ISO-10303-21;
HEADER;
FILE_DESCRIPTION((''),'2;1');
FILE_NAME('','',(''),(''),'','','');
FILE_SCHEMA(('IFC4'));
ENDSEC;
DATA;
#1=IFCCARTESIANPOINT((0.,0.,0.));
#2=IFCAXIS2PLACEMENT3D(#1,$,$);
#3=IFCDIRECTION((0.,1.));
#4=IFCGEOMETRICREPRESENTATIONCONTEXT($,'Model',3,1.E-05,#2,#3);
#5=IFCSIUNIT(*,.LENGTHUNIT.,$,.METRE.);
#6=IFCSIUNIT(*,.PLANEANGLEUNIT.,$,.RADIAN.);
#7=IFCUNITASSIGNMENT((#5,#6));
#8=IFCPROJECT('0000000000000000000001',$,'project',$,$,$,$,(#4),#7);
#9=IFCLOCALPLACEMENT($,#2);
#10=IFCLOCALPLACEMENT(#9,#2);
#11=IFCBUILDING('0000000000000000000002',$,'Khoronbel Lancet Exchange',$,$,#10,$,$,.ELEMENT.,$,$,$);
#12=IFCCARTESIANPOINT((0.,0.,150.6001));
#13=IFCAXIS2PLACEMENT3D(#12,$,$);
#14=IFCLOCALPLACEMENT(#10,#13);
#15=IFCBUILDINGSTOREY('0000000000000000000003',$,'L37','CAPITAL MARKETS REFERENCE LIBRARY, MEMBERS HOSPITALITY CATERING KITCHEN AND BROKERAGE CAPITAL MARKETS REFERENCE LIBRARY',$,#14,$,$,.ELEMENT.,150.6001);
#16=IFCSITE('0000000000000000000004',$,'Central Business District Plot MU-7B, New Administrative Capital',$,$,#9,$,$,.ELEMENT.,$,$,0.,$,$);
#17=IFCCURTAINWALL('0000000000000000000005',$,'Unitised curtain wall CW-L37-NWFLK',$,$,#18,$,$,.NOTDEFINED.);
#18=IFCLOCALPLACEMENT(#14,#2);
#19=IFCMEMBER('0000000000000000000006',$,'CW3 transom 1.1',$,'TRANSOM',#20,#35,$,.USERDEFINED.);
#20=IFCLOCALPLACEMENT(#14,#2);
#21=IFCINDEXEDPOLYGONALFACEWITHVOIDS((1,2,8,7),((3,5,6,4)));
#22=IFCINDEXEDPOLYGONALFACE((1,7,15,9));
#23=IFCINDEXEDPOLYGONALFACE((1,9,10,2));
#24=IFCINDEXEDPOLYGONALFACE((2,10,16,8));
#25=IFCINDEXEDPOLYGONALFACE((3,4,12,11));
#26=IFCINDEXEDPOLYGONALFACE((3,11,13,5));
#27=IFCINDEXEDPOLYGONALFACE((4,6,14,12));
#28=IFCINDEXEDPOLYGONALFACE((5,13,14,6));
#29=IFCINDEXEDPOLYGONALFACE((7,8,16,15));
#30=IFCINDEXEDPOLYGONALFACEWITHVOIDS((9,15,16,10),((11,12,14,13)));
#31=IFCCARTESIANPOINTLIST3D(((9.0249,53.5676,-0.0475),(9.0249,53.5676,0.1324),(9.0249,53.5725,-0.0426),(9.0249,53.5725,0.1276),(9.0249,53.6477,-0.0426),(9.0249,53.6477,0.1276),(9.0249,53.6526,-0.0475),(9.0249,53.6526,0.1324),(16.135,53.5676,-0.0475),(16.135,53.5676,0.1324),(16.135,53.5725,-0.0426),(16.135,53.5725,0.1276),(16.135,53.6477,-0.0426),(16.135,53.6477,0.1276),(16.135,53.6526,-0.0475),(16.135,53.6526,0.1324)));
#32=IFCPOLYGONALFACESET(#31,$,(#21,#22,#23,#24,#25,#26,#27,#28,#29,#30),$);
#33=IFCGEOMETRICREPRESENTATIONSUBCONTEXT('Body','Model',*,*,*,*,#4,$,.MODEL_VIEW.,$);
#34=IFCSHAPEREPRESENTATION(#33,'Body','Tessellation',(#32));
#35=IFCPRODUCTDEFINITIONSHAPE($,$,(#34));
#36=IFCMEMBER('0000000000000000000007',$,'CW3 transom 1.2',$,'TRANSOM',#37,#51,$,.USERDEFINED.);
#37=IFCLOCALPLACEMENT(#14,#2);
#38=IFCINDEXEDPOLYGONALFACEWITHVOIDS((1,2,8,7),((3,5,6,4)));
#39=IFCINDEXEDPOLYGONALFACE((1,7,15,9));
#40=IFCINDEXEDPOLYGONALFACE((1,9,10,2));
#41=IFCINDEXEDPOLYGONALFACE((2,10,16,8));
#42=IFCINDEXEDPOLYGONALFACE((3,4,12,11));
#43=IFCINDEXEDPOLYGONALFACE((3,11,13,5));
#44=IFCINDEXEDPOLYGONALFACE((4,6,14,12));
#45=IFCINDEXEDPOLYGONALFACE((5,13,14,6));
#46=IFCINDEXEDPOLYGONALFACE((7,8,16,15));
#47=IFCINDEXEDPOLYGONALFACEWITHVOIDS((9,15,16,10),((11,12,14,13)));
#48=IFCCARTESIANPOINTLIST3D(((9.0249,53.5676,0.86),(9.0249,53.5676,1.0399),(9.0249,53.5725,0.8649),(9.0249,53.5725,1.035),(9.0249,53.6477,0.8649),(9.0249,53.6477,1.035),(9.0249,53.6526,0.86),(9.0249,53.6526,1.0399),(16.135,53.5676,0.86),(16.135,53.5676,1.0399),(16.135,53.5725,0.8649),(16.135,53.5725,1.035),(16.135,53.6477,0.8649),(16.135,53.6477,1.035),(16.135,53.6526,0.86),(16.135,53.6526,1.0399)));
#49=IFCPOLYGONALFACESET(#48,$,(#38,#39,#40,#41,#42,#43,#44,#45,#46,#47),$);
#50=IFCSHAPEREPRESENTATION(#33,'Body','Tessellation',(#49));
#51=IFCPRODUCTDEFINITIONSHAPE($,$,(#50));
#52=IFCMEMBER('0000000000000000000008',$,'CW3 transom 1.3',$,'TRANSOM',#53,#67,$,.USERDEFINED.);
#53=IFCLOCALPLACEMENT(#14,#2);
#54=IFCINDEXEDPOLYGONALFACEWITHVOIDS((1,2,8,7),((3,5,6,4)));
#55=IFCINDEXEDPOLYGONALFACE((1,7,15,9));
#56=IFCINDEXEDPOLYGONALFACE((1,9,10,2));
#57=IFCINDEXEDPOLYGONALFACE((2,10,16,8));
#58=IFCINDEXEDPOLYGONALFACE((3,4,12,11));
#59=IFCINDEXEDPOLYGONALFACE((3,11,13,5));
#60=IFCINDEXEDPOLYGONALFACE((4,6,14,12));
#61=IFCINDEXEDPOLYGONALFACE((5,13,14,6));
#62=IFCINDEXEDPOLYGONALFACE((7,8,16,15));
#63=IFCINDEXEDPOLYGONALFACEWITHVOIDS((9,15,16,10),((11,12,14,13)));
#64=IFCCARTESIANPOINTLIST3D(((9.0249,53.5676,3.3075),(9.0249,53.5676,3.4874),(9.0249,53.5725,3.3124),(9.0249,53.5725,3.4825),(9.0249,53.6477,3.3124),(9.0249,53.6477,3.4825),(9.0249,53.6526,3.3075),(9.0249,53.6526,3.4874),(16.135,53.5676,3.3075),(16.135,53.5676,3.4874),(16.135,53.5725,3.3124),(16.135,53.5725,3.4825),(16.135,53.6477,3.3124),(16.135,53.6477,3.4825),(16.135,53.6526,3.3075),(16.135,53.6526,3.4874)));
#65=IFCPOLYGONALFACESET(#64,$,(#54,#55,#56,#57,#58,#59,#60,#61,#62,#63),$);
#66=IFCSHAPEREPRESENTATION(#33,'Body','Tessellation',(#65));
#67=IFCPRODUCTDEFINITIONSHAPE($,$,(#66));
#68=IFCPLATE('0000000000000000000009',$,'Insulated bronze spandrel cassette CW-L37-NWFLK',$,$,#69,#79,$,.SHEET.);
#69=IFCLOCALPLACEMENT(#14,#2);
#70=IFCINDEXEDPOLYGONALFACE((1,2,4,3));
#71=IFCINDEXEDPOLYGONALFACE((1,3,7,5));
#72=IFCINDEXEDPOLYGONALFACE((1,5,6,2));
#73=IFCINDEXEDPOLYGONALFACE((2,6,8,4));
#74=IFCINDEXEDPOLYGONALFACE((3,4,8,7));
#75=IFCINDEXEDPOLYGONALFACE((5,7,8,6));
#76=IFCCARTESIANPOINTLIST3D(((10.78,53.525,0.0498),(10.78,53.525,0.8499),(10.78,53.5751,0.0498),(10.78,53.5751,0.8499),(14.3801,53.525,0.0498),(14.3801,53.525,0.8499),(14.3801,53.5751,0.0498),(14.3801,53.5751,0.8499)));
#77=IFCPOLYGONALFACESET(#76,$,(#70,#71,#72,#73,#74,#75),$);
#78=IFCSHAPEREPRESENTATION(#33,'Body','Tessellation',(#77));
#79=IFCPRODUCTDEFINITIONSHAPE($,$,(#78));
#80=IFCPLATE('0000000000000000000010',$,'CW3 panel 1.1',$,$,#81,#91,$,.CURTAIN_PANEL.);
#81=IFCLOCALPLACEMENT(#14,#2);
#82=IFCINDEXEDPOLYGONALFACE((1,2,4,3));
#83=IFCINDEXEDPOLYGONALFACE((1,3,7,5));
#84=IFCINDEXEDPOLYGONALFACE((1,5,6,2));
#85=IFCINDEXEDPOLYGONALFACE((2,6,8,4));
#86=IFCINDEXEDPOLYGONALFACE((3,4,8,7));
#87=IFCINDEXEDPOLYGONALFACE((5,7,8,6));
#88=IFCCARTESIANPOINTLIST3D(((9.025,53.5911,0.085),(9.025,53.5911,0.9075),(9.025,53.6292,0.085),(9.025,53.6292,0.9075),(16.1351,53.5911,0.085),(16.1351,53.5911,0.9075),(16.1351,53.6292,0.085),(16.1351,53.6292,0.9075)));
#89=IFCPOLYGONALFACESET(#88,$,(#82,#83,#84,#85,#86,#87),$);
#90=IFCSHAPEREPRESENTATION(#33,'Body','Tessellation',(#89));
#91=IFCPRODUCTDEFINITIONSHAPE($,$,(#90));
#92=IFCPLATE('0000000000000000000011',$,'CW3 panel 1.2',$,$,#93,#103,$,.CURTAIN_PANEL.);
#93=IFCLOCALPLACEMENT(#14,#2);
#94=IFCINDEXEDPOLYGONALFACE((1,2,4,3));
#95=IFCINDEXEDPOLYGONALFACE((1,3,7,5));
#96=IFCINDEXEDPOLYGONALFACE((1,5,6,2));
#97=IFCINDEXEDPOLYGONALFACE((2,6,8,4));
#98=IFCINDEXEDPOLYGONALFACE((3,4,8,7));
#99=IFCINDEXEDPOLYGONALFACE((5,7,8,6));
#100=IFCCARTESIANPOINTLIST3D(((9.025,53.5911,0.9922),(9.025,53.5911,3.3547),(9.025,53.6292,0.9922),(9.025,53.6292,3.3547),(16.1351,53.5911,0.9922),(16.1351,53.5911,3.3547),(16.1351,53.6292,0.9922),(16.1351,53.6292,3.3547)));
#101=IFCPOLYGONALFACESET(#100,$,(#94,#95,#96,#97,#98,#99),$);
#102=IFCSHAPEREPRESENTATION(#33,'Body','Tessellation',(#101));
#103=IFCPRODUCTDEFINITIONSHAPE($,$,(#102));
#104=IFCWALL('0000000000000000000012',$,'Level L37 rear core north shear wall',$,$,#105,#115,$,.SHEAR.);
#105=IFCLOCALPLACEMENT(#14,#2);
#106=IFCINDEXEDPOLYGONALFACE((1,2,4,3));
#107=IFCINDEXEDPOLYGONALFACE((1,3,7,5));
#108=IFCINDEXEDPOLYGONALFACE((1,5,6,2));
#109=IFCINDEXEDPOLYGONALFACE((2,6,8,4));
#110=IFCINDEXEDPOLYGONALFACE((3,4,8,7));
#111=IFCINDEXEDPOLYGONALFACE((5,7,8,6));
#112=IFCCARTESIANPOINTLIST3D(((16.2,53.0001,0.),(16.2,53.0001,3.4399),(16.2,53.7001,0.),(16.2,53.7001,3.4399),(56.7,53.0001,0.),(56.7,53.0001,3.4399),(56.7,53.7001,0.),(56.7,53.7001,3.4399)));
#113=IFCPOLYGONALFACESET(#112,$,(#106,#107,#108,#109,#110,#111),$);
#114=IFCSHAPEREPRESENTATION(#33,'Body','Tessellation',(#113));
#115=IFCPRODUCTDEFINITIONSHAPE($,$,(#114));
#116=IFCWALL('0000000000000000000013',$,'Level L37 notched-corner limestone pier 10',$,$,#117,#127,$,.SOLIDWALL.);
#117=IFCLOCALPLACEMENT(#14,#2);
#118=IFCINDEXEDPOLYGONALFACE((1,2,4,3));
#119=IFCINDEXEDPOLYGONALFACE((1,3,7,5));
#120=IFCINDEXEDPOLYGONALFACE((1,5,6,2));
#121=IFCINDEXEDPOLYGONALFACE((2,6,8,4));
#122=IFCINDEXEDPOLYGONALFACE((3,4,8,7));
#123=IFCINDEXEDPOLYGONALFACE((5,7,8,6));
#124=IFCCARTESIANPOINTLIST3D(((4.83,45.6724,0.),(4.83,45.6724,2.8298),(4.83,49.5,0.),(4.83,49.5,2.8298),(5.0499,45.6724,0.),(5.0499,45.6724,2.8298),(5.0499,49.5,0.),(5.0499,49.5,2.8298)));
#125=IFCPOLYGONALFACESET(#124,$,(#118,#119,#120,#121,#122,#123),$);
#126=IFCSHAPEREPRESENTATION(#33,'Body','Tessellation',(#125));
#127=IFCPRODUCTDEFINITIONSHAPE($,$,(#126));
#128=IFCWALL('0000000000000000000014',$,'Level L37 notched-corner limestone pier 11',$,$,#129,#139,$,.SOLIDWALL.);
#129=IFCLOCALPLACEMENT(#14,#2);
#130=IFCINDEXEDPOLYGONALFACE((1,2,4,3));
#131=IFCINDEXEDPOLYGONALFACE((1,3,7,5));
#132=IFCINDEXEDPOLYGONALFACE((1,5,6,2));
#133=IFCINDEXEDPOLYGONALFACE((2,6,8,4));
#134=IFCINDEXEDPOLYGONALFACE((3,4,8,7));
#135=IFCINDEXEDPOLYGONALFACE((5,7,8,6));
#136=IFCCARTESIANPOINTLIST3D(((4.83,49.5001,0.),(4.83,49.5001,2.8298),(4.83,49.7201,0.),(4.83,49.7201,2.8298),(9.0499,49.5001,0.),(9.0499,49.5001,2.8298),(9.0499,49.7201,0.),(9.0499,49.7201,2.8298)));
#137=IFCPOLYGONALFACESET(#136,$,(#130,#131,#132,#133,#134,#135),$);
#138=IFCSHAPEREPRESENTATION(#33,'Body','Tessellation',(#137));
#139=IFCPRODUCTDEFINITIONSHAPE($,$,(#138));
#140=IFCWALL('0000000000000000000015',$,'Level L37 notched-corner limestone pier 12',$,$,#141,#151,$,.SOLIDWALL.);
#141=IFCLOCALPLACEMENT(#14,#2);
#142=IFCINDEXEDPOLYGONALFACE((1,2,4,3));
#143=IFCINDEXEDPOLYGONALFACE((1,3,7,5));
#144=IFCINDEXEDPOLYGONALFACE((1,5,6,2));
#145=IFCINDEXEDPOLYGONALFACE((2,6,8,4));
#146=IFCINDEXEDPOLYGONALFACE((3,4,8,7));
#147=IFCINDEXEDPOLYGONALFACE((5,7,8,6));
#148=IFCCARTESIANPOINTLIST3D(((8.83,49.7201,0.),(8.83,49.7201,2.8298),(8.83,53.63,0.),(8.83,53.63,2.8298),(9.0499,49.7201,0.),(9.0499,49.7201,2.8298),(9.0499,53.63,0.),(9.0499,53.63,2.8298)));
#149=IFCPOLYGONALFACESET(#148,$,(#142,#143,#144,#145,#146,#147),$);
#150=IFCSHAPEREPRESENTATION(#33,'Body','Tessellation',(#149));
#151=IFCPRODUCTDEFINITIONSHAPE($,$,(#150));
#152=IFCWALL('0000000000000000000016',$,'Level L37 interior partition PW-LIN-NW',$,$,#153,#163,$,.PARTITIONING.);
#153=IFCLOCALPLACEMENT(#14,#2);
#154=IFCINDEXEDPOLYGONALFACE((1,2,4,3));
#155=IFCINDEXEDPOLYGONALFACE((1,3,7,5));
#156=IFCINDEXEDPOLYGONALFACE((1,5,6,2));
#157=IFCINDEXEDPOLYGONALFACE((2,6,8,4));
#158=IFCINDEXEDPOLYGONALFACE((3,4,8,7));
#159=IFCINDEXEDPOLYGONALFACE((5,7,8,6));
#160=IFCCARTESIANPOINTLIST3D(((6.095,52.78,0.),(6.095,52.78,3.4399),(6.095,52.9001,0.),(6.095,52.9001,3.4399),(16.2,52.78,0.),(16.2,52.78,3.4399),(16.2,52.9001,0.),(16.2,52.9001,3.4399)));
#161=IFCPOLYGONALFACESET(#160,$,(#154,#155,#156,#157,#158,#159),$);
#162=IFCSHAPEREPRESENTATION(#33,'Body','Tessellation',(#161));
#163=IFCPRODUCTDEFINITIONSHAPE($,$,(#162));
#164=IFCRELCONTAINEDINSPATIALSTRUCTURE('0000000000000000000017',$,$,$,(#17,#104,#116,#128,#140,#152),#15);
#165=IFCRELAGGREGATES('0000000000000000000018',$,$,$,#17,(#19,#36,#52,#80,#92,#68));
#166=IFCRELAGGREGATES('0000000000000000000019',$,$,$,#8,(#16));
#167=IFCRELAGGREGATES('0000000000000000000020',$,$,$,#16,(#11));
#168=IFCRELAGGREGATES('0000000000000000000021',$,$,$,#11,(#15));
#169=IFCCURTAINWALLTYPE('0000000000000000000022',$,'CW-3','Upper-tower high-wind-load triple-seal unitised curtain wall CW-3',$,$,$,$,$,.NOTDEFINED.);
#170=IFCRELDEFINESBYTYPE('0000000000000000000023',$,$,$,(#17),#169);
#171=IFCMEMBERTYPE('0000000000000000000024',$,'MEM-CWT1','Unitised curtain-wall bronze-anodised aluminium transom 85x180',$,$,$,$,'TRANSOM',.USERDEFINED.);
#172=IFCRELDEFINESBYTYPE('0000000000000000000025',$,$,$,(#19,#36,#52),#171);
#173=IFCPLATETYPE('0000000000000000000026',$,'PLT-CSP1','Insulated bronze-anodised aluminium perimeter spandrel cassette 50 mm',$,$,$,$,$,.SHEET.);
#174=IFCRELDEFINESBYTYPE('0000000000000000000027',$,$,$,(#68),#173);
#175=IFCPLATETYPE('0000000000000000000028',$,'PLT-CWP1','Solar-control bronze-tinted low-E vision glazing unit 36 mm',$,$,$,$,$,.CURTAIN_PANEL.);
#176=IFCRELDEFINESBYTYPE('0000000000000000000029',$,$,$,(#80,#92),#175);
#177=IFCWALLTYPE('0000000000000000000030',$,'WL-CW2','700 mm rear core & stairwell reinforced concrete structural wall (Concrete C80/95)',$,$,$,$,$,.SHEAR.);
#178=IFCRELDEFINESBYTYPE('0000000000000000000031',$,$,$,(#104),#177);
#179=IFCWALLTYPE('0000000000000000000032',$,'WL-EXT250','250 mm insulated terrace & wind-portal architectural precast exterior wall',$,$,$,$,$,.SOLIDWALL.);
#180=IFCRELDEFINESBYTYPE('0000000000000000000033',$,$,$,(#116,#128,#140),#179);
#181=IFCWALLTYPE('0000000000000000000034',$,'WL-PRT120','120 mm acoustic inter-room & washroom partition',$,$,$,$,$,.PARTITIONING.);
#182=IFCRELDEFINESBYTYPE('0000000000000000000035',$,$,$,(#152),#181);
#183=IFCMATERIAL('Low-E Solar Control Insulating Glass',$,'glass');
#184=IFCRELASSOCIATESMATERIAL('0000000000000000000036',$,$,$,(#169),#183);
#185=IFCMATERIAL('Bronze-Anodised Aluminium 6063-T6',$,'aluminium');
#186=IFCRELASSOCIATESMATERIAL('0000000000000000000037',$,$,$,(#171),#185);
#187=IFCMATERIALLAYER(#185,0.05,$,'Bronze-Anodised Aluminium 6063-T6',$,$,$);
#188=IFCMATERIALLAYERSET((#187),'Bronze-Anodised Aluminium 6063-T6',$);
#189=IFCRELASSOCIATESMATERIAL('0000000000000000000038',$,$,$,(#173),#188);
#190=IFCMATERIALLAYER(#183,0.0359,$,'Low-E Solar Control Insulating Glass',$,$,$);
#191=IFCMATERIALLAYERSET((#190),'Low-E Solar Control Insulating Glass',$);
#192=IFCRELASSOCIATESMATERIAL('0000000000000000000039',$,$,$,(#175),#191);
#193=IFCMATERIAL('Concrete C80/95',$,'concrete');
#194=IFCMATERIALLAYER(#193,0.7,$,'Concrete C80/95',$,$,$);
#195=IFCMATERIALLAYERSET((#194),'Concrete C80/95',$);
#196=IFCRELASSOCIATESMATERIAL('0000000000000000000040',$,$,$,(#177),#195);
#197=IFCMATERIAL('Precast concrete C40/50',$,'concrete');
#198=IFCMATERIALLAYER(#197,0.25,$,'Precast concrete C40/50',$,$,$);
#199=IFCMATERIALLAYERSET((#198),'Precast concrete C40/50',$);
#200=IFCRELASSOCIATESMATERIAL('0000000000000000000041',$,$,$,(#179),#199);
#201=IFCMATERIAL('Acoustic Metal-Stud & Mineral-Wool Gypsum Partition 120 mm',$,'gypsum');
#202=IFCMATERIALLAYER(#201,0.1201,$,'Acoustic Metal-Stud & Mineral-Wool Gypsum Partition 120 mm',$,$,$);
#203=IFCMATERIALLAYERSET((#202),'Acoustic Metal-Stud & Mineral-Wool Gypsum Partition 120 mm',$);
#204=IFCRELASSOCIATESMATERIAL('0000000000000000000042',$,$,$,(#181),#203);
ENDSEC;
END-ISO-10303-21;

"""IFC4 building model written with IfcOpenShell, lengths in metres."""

from ifc_helpers import new_model, si_unit, direction, frame, frame_2d, origin, origin_2d, place, context, subcontext, project, spatial, rectangle, hollow_rectangle, extrude, material, layer, layer_set, material_profile, profile_set, type_object, element, aggregate, save


model = new_model("IFC4")

# Units and contexts
model_context = context("Model", 3, precision=1e-05, world=origin(), true_north=direction((0.0, 1.0)))
body_context = subcontext(model_context, "Body", "Model", "MODEL_VIEW")
ifc_project = project(units=[si_unit("LENGTHUNIT", "METRE"), si_unit("PLANEANGLEUNIT", "RADIAN")], contexts=[model_context])

# Site, building, storey
site_placement = place(None, origin())
site = spatial("IfcSite", under=ifc_project, at=site_placement, Name="Central Business District Plot MU-7B, New Administrative Capital", CompositionType="ELEMENT", RefElevation=0.0)
building_placement = place(site_placement, origin())
building = spatial("IfcBuilding", under=site, at=building_placement, Name="Khoronbel Lancet Exchange", CompositionType="ELEMENT")
storey_placement = place(building_placement, frame((0.0, 0.0, 150.6001)))
storey = spatial("IfcBuildingStorey", under=building, at=storey_placement, Name="L37", Description="CAPITAL MARKETS REFERENCE LIBRARY, MEMBERS HOSPITALITY CATERING KITCHEN AND BROKERAGE CAPITAL MARKETS REFERENCE LIBRARY", CompositionType="ELEMENT", Elevation=150.6001)

# Curtain wall
ifc_material_1 = material(Name="Low-E Solar Control Insulating Glass", Category="glass")
curtain_wall_type_1 = type_object("IfcCurtainWallType", Name="CW-3", Description="Upper-tower high-wind-load triple-seal unitised curtain wall CW-3", PredefinedType="NOTDEFINED", material=ifc_material_1)
curtain_wall_1_placement = place(storey_placement, origin())
curtain_wall_1 = element("IfcCurtainWall", 1, at=curtain_wall_1_placement, inside=storey, type_object=curtain_wall_type_1, Name="Unitised curtain wall CW-L37-NWFLK", PredefinedType="NOTDEFINED")
ifc_material_2 = material(Name="Bronze-Anodised Aluminium 6063-T6", Category="aluminium")

# Members
ifc_material_profile_1 = material_profile(ifc_material_2, hollow_rectangle(XDim=0.085, YDim=0.1799, WallThickness=0.0049, at=origin_2d()), Name="ALU TRANSOM 85x180")
ifc_profile_set_1 = profile_set([ifc_material_profile_1], Name="Bronze-Anodised Aluminium 6063-T6")
member_type_1 = type_object("IfcMemberType", Name="MEM-CWT1", Description="Unitised curtain-wall bronze-anodised aluminium transom 85x180", ElementType="TRANSOM", PredefinedType="USERDEFINED", material=ifc_profile_set_1)
member_1_placement = place(storey_placement, frame((16.135, 53.6101, 0.0425), z_axis=(-1.0, 0.0, 0.0), x_axis=(0.0, -1.0, 0.0)))
member_1 = element("IfcMember", 2, at=member_1_placement, type_object=member_type_1, Name="CW3 transom 1.1", ObjectType="TRANSOM", PredefinedType="USERDEFINED", context=body_context, shape_type="SweptSolid", body=[
    extrude(hollow_rectangle(XDim=0.085, YDim=0.1799, WallThickness=0.0049, at=origin_2d()), origin(), (0.0, 0.0, 1.0), 7.1101),
])
member_2_placement = place(storey_placement, frame((16.135, 53.6101, 0.95), z_axis=(-1.0, 0.0, 0.0), x_axis=(0.0, -1.0, 0.0)))
member_2 = element("IfcMember", 3, at=member_2_placement, type_object=member_type_1, Name="CW3 transom 1.2", ObjectType="TRANSOM", PredefinedType="USERDEFINED", context=body_context, shape_type="SweptSolid", body=[
    extrude(hollow_rectangle(XDim=0.085, YDim=0.1799, WallThickness=0.0049, at=origin_2d()), origin(), (0.0, 0.0, 1.0), 7.1101),
])
member_3_placement = place(storey_placement, frame((16.135, 53.6101, 3.3975), z_axis=(-1.0, 0.0, 0.0), x_axis=(0.0, -1.0, 0.0)))
member_3 = element("IfcMember", 4, at=member_3_placement, type_object=member_type_1, Name="CW3 transom 1.3", ObjectType="TRANSOM", PredefinedType="USERDEFINED", context=body_context, shape_type="SweptSolid", body=[
    extrude(hollow_rectangle(XDim=0.085, YDim=0.1799, WallThickness=0.0049, at=origin_2d()), origin(), (0.0, 0.0, 1.0), 7.1101),
])

# Plates
ifc_layer_1 = layer(ifc_material_2, 0.05, Name="Bronze-Anodised Aluminium 6063-T6")
ifc_layer_set_1 = layer_set([ifc_layer_1], Name="Bronze-Anodised Aluminium 6063-T6")
plate_type_1 = type_object("IfcPlateType", Name="PLT-CSP1", Description="Insulated bronze-anodised aluminium perimeter spandrel cassette 50 mm", PredefinedType="SHEET", material=ifc_layer_set_1)
plate_1_placement = place(storey_placement, frame((12.5801, 53.55, 0.0498), z_axis=(0.0, 0.0, 1.0), x_axis=(-1.0, 0.0, 0.0)))
plate_1 = element("IfcPlate", 5, at=plate_1_placement, type_object=plate_type_1, Name="Insulated bronze spandrel cassette CW-L37-NWFLK", PredefinedType="SHEET", context=body_context, shape_type="SweptSolid", body=[
    extrude(rectangle(XDim=3.6001, YDim=0.05, at=origin_2d()), origin(), (0.0, 0.0, 1.0), 0.8),
])
ifc_layer_2 = layer(ifc_material_1, 0.0359, Name="Low-E Solar Control Insulating Glass")
ifc_layer_set_2 = layer_set([ifc_layer_2], Name="Low-E Solar Control Insulating Glass")
plate_type_2 = type_object("IfcPlateType", Name="PLT-CWP1", Description="Solar-control bronze-tinted low-E vision glazing unit 36 mm", PredefinedType="CURTAIN_PANEL", material=ifc_layer_set_2)
plate_2_placement = place(storey_placement, frame((12.5801, 53.6101, 0.085), z_axis=(0.0, 0.0, 1.0), x_axis=(-1.0, 0.0, 0.0)))
plate_2 = element("IfcPlate", 6, at=plate_2_placement, type_object=plate_type_2, Name="CW3 panel 1.1", PredefinedType="CURTAIN_PANEL", context=body_context, shape_type="SweptSolid", body=[
    extrude(rectangle(XDim=7.1101, YDim=0.0381, at=origin_2d()), origin(), (0.0, 0.0, 1.0), 0.8225),
])
plate_3_placement = place(storey_placement, frame((12.5801, 53.6101, 0.9922), z_axis=(0.0, 0.0, 1.0), x_axis=(-1.0, 0.0, 0.0)))
plate_3 = element("IfcPlate", 7, at=plate_3_placement, type_object=plate_type_2, Name="CW3 panel 1.2", PredefinedType="CURTAIN_PANEL", context=body_context, shape_type="SweptSolid", body=[
    extrude(rectangle(XDim=7.1101, YDim=0.0381, at=origin_2d()), origin(), (0.0, 0.0, 1.0), 2.3625),
])
aggregate(curtain_wall_1, [member_1, member_2, member_3, plate_2, plate_3, plate_1])

# Walls
ifc_material_3 = material(Name="Concrete C80/95", Category="concrete")
ifc_layer_3 = layer(ifc_material_3, 0.7, Name="Concrete C80/95")
ifc_layer_set_3 = layer_set([ifc_layer_3], Name="Concrete C80/95")
wall_type_1 = type_object("IfcWallType", Name="WL-CW2", Description="700 mm rear core & stairwell reinforced concrete structural wall (Concrete C80/95)", PredefinedType="SHEAR", material=ifc_layer_set_3)
wall_1_placement = place(storey_placement, frame((16.2, 53.3501, 0.0), z_axis=(0.0, 0.0, 1.0), x_axis=(1.0, 0.0, 0.0)))
element("IfcWall", 8, at=wall_1_placement, inside=storey, type_object=wall_type_1, Name="Level L37 rear core north shear wall", PredefinedType="SHEAR", context=body_context, shape_type="SweptSolid", body=[
    extrude(rectangle(XDim=40.5, YDim=0.7, at=frame_2d((20.25, 0.0))), origin(), (0.0, 0.0, 1.0), 3.4399),
])
ifc_material_4 = material(Name="Precast concrete C40/50", Category="concrete")
ifc_layer_4 = layer(ifc_material_4, 0.25, Name="Precast concrete C40/50")
ifc_layer_set_4 = layer_set([ifc_layer_4], Name="Precast concrete C40/50")
wall_type_2 = type_object("IfcWallType", Name="WL-EXT250", Description="250 mm insulated terrace & wind-portal architectural precast exterior wall", PredefinedType="SOLIDWALL", material=ifc_layer_set_4)
wall_2_placement = place(storey_placement, frame((4.9399, 45.6724, 0.0), z_axis=(0.0, 0.0, 1.0), x_axis=(0.0, 1.0, 0.0)))
element("IfcWall", 9, at=wall_2_placement, inside=storey, type_object=wall_type_2, Name="Level L37 notched-corner limestone pier 10", PredefinedType="SOLIDWALL", context=body_context, shape_type="SweptSolid", body=[
    extrude(rectangle(XDim=3.8276, YDim=0.22, at=frame_2d((1.9138, 0.0))), origin(), (0.0, 0.0, 1.0), 2.8298),
])
wall_3_placement = place(storey_placement, frame((4.8301, 49.6101, 0.0), z_axis=(0.0, 0.0, 1.0), x_axis=(1.0, 0.0, 0.0)))
element("IfcWall", 10, at=wall_3_placement, inside=storey, type_object=wall_type_2, Name="Level L37 notched-corner limestone pier 11", PredefinedType="SOLIDWALL", context=body_context, shape_type="SweptSolid", body=[
    extrude(rectangle(XDim=4.22, YDim=0.22, at=frame_2d((2.1099, 0.0))), origin(), (0.0, 0.0, 1.0), 2.8298),
])
wall_4_placement = place(storey_placement, frame((8.9399, 49.72, 0.0), z_axis=(0.0, 0.0, 1.0), x_axis=(0.0, 1.0, 0.0)))
element("IfcWall", 11, at=wall_4_placement, inside=storey, type_object=wall_type_2, Name="Level L37 notched-corner limestone pier 12", PredefinedType="SOLIDWALL", context=body_context, shape_type="SweptSolid", body=[
    extrude(rectangle(XDim=3.9099, YDim=0.22, at=frame_2d((1.9551, 0.0))), origin(), (0.0, 0.0, 1.0), 2.8298),
])
ifc_material_5 = material(Name="Acoustic Metal-Stud & Mineral-Wool Gypsum Partition 120 mm", Category="gypsum")
ifc_layer_5 = layer(ifc_material_5, 0.1201, Name="Acoustic Metal-Stud & Mineral-Wool Gypsum Partition 120 mm")
ifc_layer_set_5 = layer_set([ifc_layer_5], Name="Acoustic Metal-Stud & Mineral-Wool Gypsum Partition 120 mm")
wall_type_3 = type_object("IfcWallType", Name="WL-PRT120", Description="120 mm acoustic inter-room & washroom partition", PredefinedType="PARTITIONING", material=ifc_layer_set_5)
wall_5_placement = place(storey_placement, frame((6.095, 52.8401, 0.0), z_axis=(0.0, 0.0, 1.0), x_axis=(1.0, 0.0, 0.0)))
element("IfcWall", 12, at=wall_5_placement, inside=storey, type_object=wall_type_3, Name="Level L37 interior partition PW-LIN-NW", PredefinedType="PARTITIONING", context=body_context, shape_type="SweptSolid", body=[
    extrude(rectangle(XDim=10.105, YDim=0.1201, at=frame_2d((5.0525, 0.0))), origin(), (0.0, 0.0, 1.0), 3.4399),
])

save(model, "model.ifc")
